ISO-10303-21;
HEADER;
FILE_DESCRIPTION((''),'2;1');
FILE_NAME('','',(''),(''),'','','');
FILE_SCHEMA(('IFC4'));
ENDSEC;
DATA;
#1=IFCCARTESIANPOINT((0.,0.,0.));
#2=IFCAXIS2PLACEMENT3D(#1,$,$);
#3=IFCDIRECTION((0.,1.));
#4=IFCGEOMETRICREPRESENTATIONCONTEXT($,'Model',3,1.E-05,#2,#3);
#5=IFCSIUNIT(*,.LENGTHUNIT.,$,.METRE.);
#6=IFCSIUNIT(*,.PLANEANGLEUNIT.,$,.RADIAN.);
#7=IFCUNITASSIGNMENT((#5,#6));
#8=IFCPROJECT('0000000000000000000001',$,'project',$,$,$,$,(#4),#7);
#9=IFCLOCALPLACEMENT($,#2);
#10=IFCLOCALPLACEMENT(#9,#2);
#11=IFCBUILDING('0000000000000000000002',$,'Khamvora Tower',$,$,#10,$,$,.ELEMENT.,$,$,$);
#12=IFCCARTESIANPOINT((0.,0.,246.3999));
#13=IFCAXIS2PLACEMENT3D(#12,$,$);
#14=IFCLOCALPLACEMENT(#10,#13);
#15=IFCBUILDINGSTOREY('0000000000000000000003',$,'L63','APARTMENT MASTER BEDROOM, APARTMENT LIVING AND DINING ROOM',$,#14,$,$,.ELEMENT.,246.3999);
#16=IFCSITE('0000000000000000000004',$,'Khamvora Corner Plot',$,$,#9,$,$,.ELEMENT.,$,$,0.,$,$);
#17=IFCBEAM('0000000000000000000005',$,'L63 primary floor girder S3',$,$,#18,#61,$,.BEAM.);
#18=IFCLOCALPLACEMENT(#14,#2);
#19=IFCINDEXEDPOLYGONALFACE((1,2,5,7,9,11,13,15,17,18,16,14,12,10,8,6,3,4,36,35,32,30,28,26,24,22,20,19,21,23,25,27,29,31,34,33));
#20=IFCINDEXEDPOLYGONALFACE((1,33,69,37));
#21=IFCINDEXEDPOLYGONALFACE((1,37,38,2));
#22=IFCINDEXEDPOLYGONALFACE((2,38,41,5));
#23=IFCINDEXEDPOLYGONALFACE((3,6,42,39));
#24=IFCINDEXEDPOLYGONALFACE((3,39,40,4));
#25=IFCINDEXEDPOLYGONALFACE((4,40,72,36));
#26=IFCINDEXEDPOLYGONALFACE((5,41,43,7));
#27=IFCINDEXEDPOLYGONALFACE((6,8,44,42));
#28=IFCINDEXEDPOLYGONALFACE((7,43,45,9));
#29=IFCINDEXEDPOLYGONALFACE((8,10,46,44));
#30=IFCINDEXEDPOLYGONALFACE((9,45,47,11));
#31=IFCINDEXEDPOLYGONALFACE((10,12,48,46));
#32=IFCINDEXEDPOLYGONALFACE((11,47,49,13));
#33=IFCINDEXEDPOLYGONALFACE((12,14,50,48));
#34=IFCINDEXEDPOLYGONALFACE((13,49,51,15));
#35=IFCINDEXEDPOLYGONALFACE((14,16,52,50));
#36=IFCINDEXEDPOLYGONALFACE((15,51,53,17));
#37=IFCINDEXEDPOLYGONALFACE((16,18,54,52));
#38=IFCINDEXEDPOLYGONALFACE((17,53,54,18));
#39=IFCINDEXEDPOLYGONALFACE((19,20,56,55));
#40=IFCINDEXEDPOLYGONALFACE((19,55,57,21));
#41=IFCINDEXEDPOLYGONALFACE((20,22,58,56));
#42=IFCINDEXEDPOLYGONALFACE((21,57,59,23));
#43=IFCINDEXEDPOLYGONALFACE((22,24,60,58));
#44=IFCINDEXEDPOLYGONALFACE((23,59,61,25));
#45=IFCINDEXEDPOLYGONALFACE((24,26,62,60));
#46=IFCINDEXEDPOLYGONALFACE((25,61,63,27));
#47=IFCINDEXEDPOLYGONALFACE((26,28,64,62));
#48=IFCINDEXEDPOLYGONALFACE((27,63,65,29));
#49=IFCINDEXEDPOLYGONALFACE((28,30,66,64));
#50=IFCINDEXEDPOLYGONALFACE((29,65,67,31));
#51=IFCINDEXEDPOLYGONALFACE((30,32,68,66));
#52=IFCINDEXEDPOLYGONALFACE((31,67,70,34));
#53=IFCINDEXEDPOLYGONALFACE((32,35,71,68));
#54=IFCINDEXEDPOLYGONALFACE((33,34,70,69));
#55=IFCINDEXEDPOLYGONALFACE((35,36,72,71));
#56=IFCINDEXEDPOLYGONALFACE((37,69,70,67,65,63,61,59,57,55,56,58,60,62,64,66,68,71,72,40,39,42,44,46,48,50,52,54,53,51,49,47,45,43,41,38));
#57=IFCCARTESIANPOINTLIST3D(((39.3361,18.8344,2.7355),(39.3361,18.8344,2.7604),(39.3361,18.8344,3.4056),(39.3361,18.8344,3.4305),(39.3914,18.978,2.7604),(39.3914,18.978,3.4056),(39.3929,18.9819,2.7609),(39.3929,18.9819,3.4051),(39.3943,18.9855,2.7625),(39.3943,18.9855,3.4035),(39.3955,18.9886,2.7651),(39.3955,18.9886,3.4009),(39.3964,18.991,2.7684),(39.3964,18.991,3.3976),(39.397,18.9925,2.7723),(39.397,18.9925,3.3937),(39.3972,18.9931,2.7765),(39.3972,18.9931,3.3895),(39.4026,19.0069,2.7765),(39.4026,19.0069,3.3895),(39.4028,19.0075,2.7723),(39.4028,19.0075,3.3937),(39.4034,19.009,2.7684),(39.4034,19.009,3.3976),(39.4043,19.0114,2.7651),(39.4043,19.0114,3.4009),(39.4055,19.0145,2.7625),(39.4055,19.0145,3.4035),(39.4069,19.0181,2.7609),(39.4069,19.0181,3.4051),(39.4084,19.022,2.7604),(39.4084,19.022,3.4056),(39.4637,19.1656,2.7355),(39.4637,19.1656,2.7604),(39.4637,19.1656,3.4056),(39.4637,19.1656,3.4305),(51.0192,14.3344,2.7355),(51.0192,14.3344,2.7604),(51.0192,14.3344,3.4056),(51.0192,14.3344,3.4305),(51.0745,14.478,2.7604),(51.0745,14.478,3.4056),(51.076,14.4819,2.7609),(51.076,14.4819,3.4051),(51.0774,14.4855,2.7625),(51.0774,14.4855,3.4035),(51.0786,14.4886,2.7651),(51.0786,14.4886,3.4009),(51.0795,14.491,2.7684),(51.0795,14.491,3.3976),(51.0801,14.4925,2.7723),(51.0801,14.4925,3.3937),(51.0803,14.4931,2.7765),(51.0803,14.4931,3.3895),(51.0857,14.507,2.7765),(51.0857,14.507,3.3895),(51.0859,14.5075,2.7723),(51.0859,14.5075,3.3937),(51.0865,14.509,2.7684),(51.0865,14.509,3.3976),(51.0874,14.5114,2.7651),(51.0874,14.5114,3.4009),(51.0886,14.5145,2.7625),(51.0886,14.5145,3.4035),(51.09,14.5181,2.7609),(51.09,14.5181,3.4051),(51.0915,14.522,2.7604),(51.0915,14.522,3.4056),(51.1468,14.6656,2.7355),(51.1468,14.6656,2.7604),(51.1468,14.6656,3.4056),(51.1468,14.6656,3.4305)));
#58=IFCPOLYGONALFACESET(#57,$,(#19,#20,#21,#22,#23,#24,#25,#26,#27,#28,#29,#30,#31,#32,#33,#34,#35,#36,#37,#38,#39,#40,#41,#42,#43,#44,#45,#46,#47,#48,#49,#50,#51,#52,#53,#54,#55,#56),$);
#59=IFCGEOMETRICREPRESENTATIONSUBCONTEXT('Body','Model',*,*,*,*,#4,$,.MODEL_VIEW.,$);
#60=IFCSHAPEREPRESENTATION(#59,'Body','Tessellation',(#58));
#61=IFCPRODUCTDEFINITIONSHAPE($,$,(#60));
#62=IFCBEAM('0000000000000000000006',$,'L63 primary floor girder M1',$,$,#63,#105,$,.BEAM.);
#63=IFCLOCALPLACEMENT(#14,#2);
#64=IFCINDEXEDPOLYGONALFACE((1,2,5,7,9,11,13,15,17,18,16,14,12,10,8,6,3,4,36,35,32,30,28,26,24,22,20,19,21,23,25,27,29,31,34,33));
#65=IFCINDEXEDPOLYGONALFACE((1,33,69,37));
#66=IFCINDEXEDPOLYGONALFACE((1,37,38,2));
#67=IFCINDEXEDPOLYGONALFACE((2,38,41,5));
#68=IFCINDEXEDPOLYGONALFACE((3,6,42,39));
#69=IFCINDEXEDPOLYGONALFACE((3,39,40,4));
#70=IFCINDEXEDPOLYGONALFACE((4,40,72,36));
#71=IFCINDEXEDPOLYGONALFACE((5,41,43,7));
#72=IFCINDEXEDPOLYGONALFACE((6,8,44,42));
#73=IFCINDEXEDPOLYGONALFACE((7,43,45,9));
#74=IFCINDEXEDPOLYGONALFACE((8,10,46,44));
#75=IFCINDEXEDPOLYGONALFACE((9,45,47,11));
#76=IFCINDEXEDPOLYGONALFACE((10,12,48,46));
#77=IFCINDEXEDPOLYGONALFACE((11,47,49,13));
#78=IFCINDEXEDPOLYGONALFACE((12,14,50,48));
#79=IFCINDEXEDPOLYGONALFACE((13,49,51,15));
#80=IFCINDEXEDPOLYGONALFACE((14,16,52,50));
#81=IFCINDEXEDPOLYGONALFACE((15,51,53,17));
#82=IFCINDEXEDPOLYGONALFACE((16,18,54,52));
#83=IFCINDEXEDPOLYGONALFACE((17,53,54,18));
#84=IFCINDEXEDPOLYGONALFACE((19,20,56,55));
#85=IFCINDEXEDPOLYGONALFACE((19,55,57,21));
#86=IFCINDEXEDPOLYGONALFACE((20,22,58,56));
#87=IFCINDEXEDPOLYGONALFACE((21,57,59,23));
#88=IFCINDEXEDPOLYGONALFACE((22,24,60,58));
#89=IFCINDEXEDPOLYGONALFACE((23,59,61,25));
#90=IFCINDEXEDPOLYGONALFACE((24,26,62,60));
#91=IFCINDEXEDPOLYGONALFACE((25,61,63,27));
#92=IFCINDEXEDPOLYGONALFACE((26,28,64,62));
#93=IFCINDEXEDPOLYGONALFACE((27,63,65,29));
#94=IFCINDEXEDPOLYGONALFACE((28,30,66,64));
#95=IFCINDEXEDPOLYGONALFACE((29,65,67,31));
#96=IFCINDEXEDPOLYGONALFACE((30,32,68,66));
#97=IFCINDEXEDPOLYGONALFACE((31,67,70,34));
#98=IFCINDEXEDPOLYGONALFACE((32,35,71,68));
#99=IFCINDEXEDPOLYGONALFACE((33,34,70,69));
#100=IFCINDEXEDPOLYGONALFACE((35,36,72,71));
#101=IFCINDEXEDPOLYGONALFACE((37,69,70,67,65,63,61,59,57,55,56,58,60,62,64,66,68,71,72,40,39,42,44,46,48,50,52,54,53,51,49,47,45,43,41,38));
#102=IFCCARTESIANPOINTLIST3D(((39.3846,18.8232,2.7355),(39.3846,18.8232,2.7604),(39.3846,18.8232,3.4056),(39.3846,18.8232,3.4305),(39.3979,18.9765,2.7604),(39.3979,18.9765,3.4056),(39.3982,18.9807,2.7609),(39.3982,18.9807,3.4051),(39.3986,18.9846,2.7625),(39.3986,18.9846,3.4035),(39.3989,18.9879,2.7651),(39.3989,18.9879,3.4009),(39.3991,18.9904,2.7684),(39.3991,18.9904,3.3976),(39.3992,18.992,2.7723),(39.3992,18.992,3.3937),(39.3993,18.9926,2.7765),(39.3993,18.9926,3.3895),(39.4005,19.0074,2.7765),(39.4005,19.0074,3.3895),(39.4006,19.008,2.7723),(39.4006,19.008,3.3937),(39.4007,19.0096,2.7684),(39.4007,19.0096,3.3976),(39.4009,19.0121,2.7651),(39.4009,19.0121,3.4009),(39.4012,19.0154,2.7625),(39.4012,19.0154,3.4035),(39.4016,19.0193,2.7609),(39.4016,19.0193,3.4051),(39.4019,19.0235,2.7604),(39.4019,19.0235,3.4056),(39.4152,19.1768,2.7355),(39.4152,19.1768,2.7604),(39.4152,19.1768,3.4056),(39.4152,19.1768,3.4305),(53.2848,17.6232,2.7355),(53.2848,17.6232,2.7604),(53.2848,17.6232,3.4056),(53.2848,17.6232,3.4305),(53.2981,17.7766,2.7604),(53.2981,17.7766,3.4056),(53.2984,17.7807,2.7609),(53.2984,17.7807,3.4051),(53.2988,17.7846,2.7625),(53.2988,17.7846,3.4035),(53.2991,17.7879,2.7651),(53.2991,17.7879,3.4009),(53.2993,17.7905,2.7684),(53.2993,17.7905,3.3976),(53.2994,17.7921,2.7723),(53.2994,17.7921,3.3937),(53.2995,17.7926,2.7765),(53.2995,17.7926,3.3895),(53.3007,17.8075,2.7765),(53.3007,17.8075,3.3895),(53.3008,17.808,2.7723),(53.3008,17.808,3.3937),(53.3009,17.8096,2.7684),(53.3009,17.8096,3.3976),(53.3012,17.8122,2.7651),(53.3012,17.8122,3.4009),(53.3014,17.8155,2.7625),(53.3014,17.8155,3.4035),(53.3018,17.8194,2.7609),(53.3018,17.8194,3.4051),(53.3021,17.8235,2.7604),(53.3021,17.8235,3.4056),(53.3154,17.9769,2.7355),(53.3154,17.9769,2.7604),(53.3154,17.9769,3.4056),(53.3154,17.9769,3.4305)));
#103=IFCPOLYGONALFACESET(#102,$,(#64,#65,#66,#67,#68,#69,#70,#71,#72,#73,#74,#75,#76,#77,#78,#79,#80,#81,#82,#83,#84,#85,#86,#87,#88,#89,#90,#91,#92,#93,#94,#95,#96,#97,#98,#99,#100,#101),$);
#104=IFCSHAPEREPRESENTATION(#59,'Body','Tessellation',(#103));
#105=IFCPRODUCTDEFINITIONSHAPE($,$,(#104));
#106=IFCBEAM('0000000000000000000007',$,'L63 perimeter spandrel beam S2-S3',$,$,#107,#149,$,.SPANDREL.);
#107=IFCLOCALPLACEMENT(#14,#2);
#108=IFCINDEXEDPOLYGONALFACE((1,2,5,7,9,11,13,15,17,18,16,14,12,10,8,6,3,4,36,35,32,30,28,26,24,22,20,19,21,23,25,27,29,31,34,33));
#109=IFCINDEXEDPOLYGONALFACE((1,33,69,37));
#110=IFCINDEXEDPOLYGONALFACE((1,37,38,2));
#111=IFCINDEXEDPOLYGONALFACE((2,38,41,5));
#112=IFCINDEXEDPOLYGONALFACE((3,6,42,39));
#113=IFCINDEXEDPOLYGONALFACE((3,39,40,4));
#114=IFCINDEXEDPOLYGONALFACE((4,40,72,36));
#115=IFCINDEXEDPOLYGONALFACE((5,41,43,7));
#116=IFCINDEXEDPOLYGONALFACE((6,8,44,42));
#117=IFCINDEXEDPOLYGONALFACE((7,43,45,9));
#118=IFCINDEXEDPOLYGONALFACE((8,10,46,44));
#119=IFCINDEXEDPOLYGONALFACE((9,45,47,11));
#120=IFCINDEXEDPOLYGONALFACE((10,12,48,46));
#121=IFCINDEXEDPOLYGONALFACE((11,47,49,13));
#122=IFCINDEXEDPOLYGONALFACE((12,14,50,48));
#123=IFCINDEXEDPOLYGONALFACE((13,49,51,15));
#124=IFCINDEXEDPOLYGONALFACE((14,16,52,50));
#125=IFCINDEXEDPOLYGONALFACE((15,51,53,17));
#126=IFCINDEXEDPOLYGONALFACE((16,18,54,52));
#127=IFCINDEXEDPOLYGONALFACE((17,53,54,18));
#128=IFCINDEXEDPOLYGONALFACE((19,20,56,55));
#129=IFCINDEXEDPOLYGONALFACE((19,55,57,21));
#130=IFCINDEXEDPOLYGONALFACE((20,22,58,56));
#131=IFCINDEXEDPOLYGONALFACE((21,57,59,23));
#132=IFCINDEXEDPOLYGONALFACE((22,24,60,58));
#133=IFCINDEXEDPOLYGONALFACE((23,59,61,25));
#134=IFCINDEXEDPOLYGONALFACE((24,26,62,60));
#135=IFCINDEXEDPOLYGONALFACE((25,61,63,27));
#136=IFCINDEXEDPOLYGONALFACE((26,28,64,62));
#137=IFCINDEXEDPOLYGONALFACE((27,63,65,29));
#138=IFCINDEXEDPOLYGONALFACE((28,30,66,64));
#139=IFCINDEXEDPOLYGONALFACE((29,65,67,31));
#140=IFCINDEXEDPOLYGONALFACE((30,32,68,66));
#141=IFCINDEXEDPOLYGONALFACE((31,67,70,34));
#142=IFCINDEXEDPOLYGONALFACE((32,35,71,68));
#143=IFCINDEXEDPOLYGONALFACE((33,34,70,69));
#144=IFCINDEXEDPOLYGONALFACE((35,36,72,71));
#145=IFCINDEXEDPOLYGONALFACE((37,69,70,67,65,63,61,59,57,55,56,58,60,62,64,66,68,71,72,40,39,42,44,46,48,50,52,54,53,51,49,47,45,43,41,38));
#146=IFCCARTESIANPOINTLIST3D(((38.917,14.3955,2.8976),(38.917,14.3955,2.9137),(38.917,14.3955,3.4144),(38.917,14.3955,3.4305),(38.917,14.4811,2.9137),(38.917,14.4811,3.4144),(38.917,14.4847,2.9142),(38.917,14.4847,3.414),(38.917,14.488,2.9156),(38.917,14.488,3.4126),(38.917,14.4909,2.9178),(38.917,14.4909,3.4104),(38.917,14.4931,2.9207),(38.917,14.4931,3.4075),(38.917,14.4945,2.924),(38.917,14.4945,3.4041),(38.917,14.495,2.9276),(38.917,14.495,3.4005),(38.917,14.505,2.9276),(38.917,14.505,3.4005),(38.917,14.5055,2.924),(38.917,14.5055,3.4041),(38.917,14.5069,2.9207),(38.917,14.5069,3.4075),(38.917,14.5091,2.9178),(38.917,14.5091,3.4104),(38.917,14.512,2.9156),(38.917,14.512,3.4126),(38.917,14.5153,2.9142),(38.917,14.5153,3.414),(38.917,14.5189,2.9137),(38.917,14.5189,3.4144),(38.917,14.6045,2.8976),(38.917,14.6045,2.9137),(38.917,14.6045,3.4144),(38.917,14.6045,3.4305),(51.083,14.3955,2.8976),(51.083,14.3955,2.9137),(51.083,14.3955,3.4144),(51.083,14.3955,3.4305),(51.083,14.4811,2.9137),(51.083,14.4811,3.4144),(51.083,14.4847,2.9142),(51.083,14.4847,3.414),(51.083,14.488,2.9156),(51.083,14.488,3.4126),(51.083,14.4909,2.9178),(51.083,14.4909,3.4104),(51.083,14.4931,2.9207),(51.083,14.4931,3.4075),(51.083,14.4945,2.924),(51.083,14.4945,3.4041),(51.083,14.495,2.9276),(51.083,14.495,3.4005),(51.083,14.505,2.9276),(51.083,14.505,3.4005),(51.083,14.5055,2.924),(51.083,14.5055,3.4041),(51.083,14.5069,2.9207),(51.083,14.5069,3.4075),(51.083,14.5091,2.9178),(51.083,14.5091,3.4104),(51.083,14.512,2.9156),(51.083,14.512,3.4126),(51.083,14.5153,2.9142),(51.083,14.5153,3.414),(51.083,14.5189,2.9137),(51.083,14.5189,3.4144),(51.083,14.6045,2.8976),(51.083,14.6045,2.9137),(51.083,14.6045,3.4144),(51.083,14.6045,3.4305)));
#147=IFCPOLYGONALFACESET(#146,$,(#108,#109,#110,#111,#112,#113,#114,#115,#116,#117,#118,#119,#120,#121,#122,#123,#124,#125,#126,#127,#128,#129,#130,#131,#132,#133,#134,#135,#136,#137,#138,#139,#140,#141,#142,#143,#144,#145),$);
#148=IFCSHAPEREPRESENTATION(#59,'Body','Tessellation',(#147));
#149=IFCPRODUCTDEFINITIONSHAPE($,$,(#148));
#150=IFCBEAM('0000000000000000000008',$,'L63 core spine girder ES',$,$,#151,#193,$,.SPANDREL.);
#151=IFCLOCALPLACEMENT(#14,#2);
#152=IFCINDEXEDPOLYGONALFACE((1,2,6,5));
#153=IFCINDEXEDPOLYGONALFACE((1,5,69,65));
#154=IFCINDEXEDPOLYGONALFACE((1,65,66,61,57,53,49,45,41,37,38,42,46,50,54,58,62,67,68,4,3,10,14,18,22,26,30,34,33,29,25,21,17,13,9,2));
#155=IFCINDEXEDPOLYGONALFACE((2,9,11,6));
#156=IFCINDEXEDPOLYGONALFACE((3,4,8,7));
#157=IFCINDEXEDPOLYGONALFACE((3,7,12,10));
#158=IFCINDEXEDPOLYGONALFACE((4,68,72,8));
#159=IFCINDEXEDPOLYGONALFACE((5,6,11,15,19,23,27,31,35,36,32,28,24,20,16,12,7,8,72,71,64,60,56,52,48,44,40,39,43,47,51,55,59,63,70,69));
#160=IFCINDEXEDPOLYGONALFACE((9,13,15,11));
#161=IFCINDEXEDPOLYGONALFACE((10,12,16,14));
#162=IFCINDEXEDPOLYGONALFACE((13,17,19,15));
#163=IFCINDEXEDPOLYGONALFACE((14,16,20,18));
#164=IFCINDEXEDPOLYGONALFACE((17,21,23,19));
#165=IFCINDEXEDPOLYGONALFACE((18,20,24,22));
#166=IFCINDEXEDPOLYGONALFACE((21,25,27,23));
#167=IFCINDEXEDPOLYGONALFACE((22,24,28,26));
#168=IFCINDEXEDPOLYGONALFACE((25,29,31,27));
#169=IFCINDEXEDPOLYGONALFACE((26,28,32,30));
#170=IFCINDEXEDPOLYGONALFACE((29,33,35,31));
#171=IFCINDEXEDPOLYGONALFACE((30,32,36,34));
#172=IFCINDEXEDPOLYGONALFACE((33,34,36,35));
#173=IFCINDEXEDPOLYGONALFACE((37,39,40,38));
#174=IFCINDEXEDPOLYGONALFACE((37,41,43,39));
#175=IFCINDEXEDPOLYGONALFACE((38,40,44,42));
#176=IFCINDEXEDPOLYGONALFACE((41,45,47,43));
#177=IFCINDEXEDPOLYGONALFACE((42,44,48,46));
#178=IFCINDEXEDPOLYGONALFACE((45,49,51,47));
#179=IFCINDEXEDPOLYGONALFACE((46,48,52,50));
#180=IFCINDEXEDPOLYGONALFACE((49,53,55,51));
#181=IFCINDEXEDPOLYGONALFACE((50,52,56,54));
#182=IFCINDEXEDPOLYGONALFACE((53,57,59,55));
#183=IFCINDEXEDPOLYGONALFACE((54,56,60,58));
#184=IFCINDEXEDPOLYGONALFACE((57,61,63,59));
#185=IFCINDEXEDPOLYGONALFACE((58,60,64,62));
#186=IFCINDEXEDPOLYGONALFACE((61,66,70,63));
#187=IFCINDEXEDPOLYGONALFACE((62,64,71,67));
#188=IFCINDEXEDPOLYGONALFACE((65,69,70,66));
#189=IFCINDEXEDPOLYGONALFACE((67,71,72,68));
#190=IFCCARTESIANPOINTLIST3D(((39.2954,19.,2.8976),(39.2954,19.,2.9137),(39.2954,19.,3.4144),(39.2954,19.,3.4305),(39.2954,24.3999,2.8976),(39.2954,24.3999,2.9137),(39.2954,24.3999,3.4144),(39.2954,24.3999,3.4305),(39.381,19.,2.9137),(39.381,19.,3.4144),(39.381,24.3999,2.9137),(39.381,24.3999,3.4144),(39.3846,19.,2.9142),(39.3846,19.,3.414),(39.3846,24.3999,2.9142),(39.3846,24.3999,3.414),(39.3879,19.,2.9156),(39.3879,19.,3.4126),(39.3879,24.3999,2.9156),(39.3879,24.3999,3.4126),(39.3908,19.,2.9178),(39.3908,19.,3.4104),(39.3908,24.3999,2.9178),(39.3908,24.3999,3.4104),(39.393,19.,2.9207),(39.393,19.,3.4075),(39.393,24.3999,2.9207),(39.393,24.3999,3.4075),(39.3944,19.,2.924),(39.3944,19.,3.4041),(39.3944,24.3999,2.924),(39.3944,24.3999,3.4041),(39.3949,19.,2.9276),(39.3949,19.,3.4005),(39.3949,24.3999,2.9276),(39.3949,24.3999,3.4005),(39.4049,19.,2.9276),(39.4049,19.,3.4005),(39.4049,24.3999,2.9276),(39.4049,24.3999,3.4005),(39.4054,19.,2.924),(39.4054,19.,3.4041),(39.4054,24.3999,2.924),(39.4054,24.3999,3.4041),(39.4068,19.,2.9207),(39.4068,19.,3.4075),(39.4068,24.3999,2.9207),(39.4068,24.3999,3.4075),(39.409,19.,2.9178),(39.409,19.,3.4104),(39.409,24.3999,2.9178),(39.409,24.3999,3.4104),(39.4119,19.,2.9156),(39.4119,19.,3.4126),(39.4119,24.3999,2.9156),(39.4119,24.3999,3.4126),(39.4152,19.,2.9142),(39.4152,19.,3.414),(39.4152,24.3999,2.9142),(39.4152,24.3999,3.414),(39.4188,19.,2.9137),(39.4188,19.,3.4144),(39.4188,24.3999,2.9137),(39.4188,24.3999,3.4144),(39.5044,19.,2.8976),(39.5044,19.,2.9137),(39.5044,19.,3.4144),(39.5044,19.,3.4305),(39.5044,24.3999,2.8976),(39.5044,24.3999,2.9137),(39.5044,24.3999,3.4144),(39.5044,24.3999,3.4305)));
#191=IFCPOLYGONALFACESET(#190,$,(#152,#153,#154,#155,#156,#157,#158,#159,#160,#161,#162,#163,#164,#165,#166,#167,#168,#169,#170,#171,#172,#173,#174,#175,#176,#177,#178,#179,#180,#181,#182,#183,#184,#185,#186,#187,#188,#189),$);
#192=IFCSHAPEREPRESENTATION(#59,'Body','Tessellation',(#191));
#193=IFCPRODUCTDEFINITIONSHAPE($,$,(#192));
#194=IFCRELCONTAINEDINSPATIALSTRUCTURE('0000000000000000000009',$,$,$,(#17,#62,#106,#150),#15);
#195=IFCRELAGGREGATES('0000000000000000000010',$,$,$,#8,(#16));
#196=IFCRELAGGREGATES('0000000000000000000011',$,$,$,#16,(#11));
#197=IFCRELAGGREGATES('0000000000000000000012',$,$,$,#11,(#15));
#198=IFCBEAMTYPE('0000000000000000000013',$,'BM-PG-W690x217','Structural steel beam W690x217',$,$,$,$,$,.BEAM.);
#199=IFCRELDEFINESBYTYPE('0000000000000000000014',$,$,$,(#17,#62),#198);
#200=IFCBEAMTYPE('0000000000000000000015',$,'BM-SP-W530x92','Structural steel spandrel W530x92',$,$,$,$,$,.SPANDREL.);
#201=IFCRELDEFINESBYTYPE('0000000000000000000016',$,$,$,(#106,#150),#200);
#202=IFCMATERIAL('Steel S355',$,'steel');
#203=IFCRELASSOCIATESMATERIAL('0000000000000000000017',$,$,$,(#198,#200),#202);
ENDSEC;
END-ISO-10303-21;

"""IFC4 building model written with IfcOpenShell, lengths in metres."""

from ifc_helpers import new_model, si_unit, direction, frame, origin, origin_2d, place, context, subcontext, project, spatial, i_section, extrude, material, material_profile, profile_set, type_object, element, save


model = new_model("IFC4")

# Units and contexts
model_context = context("Model", 3, precision=1e-05, world=origin(), true_north=direction((0.0, 1.0)))
body_context = subcontext(model_context, "Body", "Model", "MODEL_VIEW")
ifc_project = project(units=[si_unit("LENGTHUNIT", "METRE"), si_unit("PLANEANGLEUNIT", "RADIAN")], contexts=[model_context])

# Site, building, storey
site_placement = place(None, origin())
site = spatial("IfcSite", under=ifc_project, at=site_placement, Name="Khamvora Corner Plot", CompositionType="ELEMENT", RefElevation=0.0)
building_placement = place(site_placement, origin())
building = spatial("IfcBuilding", under=site, at=building_placement, Name="Khamvora Tower", CompositionType="ELEMENT")
storey_placement = place(building_placement, frame((0.0, 0.0, 246.3999)))
storey = spatial("IfcBuildingStorey", under=building, at=storey_placement, Name="L63", Description="APARTMENT MASTER BEDROOM, APARTMENT LIVING AND DINING ROOM", CompositionType="ELEMENT", Elevation=246.3999)

# Shared definitions
ifc_material_1 = material(Name="Steel S355", Category="steel")

# Beams
ifc_material_profile_1 = material_profile(ifc_material_1, i_section(OverallWidth=0.355, OverallDepth=0.6951, WebThickness=0.0149, FlangeThickness=0.0249, FilletRadius=0.0161, at=origin_2d()), Name="W690x217")
ifc_profile_set_1 = profile_set([ifc_material_profile_1], Name="Steel S355")
beam_type_1 = type_object("IfcBeamType", Name="BM-PG-W690x217", Description="Structural steel beam W690x217", PredefinedType="BEAM", material=ifc_profile_set_1)
beam_1_placement = place(storey_placement, frame((39.3999, 19.0, 3.083), z_axis=(0.933172, -0.359431, 0.0), x_axis=(0.359431, 0.933172, 0.0)))
element("IfcBeam", 1, at=beam_1_placement, inside=storey, type_object=beam_type_1, Name="L63 primary floor girder S3", PredefinedType="BEAM", context=body_context, shape_type="SweptSolid", body=[
    extrude(i_section(OverallWidth=0.355, OverallDepth=0.6951, WebThickness=0.0149, FlangeThickness=0.0249, FilletRadius=0.0161, at=origin_2d()), origin(), (0.0, 0.0, 1.0), 12.5198),
])
beam_2_placement = place(storey_placement, frame((39.3999, 19.0, 3.083), z_axis=(0.996295, -0.086007, 0.0), x_axis=(0.086007, 0.996295, 0.0)))
element("IfcBeam", 2, at=beam_2_placement, inside=storey, type_object=beam_type_1, Name="L63 primary floor girder M1", PredefinedType="BEAM", context=body_context, shape_type="SweptSolid", body=[
    extrude(i_section(OverallWidth=0.355, OverallDepth=0.6951, WebThickness=0.0149, FlangeThickness=0.0249, FilletRadius=0.0161, at=origin_2d()), origin(), (0.0, 0.0, 1.0), 13.9519),
])
ifc_material_profile_2 = material_profile(ifc_material_1, i_section(OverallWidth=0.209, OverallDepth=0.533, WebThickness=0.01, FlangeThickness=0.0161, FilletRadius=0.0139, at=origin_2d()), Name="W530x92")
ifc_profile_set_2 = profile_set([ifc_material_profile_2], Name="Steel S355")
beam_type_2 = type_object("IfcBeamType", Name="BM-SP-W530x92", Description="Structural steel spandrel W530x92", PredefinedType="SPANDREL", material=ifc_profile_set_2)
beam_3_placement = place(storey_placement, frame((38.917, 14.5, 3.1641), z_axis=(1.0, 0.0, 0.0), x_axis=(0.0, 1.0, 0.0)))
element("IfcBeam", 3, at=beam_3_placement, inside=storey, type_object=beam_type_2, Name="L63 perimeter spandrel beam S2-S3", PredefinedType="SPANDREL", context=body_context, shape_type="SweptSolid", body=[
    extrude(i_section(OverallWidth=0.209, OverallDepth=0.533, WebThickness=0.01, FlangeThickness=0.0161, FilletRadius=0.0139, at=origin_2d()), origin(), (0.0, 0.0, 1.0), 12.166),
])
beam_4_placement = place(storey_placement, frame((39.3999, 19.0, 3.1641), z_axis=(0.0, 1.0, 0.0), x_axis=(-1.0, 0.0, 0.0)))
element("IfcBeam", 4, at=beam_4_placement, inside=storey, type_object=beam_type_2, Name="L63 core spine girder ES", PredefinedType="SPANDREL", context=body_context, shape_type="SweptSolid", body=[
    extrude(i_section(OverallWidth=0.209, OverallDepth=0.533, WebThickness=0.01, FlangeThickness=0.0161, FilletRadius=0.0139, at=origin_2d()), origin(), (0.0, 0.0, 1.0), 5.3999),
])

save(model, "model.ifc")
